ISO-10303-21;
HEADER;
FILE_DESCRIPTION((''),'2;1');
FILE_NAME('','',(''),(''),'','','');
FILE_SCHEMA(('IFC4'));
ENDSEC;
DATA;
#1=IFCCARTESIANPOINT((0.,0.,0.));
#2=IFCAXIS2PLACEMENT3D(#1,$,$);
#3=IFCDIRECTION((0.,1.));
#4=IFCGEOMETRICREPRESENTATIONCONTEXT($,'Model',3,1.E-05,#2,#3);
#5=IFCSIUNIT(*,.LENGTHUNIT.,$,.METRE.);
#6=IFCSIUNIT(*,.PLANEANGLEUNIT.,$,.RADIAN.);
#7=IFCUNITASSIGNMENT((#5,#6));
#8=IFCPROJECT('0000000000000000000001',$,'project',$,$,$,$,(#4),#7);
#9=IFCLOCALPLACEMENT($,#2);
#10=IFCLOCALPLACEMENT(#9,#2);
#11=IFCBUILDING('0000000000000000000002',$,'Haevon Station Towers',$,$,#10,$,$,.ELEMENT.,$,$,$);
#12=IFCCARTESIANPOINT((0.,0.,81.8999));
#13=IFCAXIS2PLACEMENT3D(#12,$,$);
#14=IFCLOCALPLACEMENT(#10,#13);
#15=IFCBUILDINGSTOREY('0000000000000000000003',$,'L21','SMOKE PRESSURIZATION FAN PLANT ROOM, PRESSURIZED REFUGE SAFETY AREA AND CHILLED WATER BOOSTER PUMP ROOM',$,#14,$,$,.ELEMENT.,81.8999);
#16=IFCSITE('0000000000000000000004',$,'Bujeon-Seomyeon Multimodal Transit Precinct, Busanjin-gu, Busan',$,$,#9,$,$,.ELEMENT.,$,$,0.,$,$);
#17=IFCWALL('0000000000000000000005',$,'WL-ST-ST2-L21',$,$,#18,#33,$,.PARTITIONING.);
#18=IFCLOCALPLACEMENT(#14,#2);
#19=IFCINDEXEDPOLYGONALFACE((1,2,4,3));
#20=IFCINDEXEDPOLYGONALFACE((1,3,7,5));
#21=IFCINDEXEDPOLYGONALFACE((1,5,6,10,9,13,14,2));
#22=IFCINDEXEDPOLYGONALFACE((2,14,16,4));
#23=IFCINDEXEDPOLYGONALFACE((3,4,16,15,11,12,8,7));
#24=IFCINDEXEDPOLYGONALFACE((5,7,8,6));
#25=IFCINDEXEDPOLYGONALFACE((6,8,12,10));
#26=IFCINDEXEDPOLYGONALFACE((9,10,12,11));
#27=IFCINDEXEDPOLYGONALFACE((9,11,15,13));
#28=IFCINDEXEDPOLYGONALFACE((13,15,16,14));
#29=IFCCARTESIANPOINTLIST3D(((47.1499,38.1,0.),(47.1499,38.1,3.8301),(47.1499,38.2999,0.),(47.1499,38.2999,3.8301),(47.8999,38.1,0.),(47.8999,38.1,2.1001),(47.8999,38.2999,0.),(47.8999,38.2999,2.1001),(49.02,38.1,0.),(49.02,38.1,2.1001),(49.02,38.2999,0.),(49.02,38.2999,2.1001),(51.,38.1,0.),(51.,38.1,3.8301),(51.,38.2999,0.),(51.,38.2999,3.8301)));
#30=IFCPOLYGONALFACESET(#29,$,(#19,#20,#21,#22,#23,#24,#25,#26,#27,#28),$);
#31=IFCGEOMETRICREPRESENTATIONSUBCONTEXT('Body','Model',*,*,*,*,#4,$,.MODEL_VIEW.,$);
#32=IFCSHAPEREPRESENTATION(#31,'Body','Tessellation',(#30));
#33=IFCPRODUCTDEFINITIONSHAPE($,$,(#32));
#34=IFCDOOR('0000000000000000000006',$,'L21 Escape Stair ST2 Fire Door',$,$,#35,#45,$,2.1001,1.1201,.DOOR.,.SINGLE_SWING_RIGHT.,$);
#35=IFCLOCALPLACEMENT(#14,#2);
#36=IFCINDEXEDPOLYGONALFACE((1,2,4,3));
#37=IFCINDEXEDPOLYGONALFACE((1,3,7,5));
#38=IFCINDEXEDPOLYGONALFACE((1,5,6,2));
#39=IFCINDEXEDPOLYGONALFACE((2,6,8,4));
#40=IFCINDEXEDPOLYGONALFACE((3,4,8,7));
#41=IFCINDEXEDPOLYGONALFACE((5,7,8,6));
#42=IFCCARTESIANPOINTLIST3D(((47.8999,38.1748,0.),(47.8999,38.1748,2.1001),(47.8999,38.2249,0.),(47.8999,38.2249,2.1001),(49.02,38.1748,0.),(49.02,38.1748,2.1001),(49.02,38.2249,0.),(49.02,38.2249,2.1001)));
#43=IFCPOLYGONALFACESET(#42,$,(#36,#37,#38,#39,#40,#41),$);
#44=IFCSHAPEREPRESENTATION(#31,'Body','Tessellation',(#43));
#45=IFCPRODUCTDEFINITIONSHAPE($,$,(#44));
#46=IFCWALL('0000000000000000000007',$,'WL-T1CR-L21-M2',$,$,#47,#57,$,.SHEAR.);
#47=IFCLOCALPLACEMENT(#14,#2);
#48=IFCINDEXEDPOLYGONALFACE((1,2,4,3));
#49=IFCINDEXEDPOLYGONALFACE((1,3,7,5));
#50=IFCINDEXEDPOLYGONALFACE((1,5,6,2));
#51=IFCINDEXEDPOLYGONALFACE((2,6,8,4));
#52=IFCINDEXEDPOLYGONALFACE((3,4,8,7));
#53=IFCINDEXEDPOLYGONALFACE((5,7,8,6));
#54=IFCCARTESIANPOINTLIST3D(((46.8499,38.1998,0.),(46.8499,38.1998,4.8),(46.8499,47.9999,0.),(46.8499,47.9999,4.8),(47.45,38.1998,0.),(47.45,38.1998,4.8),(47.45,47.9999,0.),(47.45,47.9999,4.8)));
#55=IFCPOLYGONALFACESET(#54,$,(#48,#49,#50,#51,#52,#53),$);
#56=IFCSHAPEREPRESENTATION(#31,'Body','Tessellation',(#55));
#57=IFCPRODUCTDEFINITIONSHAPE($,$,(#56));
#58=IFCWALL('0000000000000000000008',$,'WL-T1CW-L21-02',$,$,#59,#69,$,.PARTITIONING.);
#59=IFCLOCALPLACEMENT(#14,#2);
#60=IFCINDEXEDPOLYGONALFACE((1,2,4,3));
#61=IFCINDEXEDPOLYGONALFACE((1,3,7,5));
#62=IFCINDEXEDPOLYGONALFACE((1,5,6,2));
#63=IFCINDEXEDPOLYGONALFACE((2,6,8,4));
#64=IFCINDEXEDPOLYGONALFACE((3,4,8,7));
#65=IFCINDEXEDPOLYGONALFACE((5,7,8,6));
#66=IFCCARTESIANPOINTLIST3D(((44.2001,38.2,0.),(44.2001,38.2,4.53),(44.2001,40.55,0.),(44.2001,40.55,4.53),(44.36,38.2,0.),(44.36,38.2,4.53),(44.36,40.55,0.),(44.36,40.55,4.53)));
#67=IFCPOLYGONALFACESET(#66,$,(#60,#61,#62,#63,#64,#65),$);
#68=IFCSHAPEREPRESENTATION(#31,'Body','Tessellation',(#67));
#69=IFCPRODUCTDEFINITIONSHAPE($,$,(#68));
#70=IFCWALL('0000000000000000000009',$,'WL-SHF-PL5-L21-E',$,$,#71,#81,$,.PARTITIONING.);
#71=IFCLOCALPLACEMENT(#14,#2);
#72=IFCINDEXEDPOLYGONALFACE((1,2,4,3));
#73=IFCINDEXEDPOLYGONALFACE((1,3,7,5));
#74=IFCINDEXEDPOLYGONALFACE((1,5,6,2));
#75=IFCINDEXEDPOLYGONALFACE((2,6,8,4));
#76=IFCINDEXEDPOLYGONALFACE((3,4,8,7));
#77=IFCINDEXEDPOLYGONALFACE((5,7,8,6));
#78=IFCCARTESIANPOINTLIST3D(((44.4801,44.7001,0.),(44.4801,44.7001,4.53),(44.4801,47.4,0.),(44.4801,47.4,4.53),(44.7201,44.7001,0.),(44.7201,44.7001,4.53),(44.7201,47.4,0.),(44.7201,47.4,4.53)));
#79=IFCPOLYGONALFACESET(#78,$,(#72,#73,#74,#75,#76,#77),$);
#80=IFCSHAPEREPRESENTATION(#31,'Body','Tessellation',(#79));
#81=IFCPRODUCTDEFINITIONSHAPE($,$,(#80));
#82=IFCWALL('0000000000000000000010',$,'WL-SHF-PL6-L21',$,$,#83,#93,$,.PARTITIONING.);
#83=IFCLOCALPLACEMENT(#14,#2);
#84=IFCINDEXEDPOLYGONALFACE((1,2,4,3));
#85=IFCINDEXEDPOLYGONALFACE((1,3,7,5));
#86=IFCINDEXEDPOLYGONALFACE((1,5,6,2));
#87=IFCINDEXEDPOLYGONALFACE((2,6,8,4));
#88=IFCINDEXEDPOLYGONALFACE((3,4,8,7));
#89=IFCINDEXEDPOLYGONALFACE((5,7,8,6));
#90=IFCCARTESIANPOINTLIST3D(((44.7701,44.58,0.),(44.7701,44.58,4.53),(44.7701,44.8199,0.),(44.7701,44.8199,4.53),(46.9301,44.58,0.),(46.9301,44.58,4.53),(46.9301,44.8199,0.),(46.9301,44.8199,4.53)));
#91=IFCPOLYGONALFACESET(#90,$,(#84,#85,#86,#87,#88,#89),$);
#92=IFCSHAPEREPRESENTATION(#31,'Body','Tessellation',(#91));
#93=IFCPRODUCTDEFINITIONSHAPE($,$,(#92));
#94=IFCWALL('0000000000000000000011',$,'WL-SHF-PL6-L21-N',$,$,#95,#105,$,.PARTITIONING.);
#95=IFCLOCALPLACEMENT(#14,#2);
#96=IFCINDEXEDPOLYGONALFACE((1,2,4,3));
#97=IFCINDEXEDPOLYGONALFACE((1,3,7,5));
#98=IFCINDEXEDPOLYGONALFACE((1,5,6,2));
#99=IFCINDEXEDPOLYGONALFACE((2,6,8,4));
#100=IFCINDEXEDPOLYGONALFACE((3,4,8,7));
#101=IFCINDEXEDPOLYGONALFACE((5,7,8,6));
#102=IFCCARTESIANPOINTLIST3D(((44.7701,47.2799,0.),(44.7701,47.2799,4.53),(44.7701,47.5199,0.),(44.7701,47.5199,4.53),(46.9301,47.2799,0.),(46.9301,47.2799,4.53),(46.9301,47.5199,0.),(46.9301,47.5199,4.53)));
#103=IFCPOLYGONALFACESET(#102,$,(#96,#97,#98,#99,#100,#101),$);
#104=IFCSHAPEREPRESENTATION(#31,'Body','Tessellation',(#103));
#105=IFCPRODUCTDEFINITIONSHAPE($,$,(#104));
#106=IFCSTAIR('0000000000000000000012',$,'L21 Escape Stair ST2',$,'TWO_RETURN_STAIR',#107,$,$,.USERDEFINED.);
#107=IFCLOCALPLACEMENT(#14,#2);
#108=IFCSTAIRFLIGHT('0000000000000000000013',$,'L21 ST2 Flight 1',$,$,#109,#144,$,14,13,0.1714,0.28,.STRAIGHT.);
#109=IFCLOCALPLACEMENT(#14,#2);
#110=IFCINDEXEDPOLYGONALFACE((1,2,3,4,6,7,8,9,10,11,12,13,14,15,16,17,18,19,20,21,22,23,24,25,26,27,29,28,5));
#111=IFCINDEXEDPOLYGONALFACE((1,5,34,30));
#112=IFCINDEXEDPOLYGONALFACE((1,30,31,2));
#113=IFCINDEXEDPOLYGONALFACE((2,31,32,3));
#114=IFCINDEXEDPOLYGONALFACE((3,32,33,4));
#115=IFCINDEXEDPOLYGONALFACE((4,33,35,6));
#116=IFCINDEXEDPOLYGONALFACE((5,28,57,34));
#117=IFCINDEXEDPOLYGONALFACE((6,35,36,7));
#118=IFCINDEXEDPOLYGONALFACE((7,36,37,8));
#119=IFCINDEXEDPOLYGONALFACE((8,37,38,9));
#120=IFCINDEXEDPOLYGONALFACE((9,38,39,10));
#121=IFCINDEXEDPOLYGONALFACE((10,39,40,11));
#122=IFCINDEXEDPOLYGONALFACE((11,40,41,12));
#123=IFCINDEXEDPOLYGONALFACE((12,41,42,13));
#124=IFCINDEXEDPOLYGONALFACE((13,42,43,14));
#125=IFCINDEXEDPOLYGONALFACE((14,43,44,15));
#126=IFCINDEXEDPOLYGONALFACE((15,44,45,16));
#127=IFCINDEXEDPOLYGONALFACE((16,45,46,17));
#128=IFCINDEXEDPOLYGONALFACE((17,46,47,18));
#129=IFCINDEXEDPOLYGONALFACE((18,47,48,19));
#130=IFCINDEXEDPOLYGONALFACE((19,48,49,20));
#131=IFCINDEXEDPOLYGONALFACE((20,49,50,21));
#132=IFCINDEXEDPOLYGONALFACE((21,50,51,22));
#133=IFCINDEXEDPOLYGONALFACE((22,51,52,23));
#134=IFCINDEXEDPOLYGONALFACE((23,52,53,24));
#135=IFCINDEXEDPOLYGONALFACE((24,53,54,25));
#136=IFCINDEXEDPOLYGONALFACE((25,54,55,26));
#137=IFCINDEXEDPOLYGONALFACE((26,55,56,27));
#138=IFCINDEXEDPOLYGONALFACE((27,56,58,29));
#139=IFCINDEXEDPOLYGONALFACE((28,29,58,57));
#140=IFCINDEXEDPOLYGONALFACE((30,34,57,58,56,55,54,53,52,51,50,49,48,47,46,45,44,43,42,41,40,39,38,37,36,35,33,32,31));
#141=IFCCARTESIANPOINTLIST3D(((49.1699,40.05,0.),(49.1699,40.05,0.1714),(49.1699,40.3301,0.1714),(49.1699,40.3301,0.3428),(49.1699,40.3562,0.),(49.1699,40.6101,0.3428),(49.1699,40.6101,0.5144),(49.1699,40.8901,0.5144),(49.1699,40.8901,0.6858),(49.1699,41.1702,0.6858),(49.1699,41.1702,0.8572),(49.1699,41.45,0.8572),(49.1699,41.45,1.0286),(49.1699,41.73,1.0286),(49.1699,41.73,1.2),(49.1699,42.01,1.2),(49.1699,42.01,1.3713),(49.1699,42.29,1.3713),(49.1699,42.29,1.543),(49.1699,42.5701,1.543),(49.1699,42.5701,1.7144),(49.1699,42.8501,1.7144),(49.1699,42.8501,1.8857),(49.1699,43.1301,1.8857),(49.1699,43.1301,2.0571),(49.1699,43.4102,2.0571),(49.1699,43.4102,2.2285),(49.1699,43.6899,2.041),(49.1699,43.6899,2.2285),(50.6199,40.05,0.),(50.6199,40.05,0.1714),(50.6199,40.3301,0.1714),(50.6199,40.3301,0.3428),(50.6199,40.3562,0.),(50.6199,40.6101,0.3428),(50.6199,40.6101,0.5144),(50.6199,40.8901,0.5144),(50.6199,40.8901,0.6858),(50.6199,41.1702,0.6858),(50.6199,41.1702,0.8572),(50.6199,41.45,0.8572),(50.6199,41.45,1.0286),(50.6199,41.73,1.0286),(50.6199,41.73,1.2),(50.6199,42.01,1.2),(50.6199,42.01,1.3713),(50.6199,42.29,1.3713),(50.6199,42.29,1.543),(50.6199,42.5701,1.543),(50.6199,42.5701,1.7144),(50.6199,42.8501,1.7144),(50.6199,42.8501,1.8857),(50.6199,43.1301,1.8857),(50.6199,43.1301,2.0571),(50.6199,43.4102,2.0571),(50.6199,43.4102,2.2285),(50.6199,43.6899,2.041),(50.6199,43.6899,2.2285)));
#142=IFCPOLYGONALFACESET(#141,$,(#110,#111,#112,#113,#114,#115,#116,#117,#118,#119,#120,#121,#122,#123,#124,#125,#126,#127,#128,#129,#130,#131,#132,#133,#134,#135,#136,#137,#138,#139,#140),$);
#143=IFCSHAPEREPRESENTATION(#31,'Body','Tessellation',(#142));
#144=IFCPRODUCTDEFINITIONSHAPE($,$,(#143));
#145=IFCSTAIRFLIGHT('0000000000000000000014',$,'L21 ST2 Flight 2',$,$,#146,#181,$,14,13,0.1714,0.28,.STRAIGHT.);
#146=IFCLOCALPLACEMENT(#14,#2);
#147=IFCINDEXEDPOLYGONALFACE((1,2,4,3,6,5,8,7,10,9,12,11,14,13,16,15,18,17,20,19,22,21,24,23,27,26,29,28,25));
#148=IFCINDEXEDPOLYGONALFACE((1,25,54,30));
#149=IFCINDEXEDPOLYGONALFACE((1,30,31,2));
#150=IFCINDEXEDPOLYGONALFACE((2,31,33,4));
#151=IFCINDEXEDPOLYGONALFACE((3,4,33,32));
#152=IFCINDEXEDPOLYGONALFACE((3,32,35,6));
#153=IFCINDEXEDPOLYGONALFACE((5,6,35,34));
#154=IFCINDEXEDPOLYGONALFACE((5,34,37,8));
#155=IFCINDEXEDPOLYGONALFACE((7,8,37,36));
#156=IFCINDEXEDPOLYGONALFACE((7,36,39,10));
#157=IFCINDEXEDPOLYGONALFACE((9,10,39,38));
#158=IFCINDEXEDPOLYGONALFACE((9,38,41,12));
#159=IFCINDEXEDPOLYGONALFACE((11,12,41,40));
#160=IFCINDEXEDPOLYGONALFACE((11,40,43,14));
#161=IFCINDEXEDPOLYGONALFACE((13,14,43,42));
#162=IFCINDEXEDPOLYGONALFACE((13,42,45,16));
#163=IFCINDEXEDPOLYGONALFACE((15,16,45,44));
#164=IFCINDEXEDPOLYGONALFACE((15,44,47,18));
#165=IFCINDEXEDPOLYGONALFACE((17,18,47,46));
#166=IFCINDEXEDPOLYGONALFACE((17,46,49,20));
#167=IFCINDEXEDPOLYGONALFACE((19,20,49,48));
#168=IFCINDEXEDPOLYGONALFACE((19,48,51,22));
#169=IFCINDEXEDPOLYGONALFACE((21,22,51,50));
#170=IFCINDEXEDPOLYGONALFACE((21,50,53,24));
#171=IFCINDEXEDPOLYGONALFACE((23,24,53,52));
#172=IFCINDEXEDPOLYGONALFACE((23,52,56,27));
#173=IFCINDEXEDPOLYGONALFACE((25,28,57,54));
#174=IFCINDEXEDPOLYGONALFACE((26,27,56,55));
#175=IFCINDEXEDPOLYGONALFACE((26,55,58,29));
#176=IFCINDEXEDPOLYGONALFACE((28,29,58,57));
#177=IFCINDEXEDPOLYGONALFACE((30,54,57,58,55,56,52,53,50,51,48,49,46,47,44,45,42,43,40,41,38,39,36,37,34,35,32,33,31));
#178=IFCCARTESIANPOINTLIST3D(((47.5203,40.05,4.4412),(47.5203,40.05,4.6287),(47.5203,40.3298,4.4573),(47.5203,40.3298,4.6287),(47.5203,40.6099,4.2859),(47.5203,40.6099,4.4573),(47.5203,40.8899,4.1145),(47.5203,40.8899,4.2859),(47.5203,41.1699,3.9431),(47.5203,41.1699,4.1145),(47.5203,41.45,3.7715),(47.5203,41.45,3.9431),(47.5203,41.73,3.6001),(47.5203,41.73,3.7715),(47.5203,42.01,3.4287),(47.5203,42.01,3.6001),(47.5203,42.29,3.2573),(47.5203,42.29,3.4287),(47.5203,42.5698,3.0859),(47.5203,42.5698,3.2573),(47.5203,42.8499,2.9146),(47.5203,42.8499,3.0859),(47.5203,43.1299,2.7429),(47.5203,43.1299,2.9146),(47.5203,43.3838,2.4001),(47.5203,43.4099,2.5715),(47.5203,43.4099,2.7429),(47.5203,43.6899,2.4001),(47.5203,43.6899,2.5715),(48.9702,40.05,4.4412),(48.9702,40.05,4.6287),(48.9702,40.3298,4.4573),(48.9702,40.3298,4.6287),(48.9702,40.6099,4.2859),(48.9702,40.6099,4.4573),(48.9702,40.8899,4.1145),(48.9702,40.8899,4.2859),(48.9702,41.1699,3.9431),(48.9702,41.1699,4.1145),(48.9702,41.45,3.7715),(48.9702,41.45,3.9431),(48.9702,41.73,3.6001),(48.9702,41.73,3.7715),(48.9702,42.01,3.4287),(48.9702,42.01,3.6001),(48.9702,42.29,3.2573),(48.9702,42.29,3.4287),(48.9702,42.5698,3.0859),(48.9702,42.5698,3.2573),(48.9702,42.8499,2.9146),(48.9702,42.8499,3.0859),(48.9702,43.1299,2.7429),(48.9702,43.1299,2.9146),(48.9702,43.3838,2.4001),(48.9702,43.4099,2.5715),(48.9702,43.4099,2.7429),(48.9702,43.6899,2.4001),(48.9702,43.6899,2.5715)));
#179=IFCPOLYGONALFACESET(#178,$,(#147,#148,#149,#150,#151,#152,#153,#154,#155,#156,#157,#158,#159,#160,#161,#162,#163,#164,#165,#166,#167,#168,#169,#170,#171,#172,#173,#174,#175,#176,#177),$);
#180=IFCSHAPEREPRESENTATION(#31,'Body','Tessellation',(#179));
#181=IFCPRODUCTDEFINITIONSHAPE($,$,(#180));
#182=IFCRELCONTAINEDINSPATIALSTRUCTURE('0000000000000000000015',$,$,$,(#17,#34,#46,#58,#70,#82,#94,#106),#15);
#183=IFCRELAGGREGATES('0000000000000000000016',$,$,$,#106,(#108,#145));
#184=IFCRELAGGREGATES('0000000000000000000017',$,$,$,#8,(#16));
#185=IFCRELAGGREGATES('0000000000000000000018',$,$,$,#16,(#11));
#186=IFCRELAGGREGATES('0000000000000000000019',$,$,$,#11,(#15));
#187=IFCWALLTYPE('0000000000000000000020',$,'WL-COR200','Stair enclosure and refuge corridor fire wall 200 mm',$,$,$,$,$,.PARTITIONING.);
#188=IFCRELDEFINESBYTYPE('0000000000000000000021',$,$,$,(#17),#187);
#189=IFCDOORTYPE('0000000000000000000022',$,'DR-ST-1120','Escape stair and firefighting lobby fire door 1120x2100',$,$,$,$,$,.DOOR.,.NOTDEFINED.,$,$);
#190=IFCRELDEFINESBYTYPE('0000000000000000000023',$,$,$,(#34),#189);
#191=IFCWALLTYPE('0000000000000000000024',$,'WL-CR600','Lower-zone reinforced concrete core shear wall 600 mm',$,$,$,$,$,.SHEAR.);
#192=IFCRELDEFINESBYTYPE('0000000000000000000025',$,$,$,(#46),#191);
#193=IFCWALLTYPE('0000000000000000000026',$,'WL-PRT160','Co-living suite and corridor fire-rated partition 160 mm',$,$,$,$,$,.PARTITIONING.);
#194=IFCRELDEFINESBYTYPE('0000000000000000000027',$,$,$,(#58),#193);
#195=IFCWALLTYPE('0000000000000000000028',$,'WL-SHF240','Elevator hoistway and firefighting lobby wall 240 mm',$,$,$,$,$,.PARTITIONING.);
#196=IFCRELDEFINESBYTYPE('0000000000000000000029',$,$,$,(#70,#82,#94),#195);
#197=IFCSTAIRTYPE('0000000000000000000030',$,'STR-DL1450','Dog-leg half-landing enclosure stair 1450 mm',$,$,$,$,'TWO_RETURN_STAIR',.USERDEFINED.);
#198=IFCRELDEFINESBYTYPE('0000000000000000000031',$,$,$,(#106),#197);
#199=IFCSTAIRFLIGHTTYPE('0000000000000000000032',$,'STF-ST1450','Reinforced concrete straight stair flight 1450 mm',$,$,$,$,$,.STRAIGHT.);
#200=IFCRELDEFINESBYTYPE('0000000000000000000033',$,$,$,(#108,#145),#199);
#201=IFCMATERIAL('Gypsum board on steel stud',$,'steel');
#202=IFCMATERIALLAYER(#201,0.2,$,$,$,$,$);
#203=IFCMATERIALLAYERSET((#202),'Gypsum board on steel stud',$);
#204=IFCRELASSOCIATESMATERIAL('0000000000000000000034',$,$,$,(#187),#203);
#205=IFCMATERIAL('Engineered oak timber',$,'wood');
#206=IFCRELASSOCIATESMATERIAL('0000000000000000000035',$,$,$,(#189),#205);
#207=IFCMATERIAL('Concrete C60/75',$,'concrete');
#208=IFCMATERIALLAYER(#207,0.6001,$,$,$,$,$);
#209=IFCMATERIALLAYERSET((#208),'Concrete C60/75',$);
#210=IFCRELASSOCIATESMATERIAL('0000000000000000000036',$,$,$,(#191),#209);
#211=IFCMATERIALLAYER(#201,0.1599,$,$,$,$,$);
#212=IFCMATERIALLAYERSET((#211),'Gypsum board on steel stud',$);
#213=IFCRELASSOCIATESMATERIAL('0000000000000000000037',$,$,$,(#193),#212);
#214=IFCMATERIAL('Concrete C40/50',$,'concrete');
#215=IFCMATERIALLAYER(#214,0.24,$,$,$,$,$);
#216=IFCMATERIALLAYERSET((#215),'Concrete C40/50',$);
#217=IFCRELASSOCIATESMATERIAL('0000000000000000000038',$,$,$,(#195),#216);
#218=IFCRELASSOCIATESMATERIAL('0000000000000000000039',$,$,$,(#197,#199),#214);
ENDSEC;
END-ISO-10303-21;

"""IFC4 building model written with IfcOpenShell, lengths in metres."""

from ifc_helpers import new_model, si_unit, direction, frame, frame_2d, origin, place, context, subcontext, project, spatial, polyline, rectangle, outline, extrude, material, layer, layer_set, type_object, element, fill, aggregate, save


model = new_model("IFC4")

# Units and contexts
model_context = context("Model", 3, precision=1e-05, world=origin(), true_north=direction((0.0, 1.0)))
body_context = subcontext(model_context, "Body", "Model", "MODEL_VIEW")
ifc_project = project(units=[si_unit("LENGTHUNIT", "METRE"), si_unit("PLANEANGLEUNIT", "RADIAN")], contexts=[model_context])

# Site, building, storey
site_placement = place(None, origin())
site = spatial("IfcSite", under=ifc_project, at=site_placement, Name="Bujeon-Seomyeon Multimodal Transit Precinct, Busanjin-gu, Busan", CompositionType="ELEMENT", RefElevation=0.0)
building_placement = place(site_placement, origin())
building = spatial("IfcBuilding", under=site, at=building_placement, Name="Haevon Station Towers", CompositionType="ELEMENT")
storey_placement = place(building_placement, frame((0.0, 0.0, 81.8999)))
storey = spatial("IfcBuildingStorey", under=building, at=storey_placement, Name="L21", Description="SMOKE PRESSURIZATION FAN PLANT ROOM, PRESSURIZED REFUGE SAFETY AREA AND CHILLED WATER BOOSTER PUMP ROOM", CompositionType="ELEMENT", Elevation=81.8999)

# Wall, opening, door
ifc_material_1 = material(Name="Gypsum board on steel stud", Category="steel")
ifc_layer_1 = layer(ifc_material_1, 0.2)
ifc_layer_set_1 = layer_set([ifc_layer_1], Name="Gypsum board on steel stud")
wall_type_1 = type_object("IfcWallType", Name="WL-COR200", Description="Stair enclosure and refuge corridor fire wall 200 mm", PredefinedType="PARTITIONING", material=ifc_layer_set_1)
wall_1_placement = place(storey_placement, frame((47.1499, 38.2, 0.0), z_axis=(0.0, 0.0, 1.0), x_axis=(1.0, 0.0, 0.0)))
wall_1 = element("IfcWall", 1, at=wall_1_placement, inside=storey, type_object=wall_type_1, Name="WL-ST-ST2-L21", PredefinedType="PARTITIONING", context=body_context, shape_type="SweptSolid", body=[
    extrude(rectangle(XDim=3.8501, YDim=0.2, at=frame_2d((1.925, 0.0))), origin(), (0.0, 0.0, 1.0), 3.8301),
])
opening_placement = place(wall_1_placement, frame((0.75, 0.0, 0.0)))
opening = element("IfcOpeningElement", 2, at=opening_placement, cuts=wall_1, PredefinedType="OPENING", context=body_context, shape_type="SweptSolid", body=[
    extrude(rectangle(XDim=1.1201, YDim=2.1001, at=frame_2d((0.5601, 1.05))), frame((0.0, 0.1099, 0.0), z_axis=(0.0, -1.0, 0.0), x_axis=(1.0, 0.0, 0.0)), (0.0, 0.0, 1.0), 0.22),
])
ifc_material_2 = material(Name="Engineered oak timber", Category="wood")
door_type = type_object("IfcDoorType", Name="DR-ST-1120", Description="Escape stair and firefighting lobby fire door 1120x2100", OperationType="NOTDEFINED", PredefinedType="DOOR", material=ifc_material_2)
door_placement = place(opening_placement, origin())
door = element("IfcDoor", 3, at=door_placement, inside=storey, type_object=door_type, Name="L21 Escape Stair ST2 Fire Door", OperationType="SINGLE_SWING_RIGHT", OverallHeight=2.1001, OverallWidth=1.1201, PredefinedType="DOOR", context=body_context, shape_type="SweptSolid", body=[
    extrude(rectangle(XDim=1.1201, YDim=2.1001, at=frame_2d((0.5601, 1.05))), frame((0.0, 0.0249, 0.0), z_axis=(0.0, -1.0, 0.0), x_axis=(1.0, 0.0, 0.0)), (0.0, 0.0, 1.0), 0.05),
])
fill(opening, door)

# Walls
ifc_material_3 = material(Name="Concrete C60/75", Category="concrete")
ifc_layer_2 = layer(ifc_material_3, 0.6001)
ifc_layer_set_2 = layer_set([ifc_layer_2], Name="Concrete C60/75")
wall_type_2 = type_object("IfcWallType", Name="WL-CR600", Description="Lower-zone reinforced concrete core shear wall 600 mm", PredefinedType="SHEAR", material=ifc_layer_set_2)
wall_2_placement = place(storey_placement, frame((47.1499, 38.2, 0.0), z_axis=(0.0, 0.0, 1.0), x_axis=(0.0, 1.0, 0.0)))
element("IfcWall", 4, at=wall_2_placement, inside=storey, type_object=wall_type_2, Name="WL-T1CR-L21-M2", PredefinedType="SHEAR", context=body_context, shape_type="SweptSolid", body=[
    extrude(rectangle(XDim=9.8, YDim=0.6001, at=frame_2d((4.8999, 0.0))), origin(), (0.0, 0.0, 1.0), 4.8),
])
ifc_layer_3 = layer(ifc_material_1, 0.1599)
ifc_layer_set_3 = layer_set([ifc_layer_3], Name="Gypsum board on steel stud")
wall_type_3 = type_object("IfcWallType", Name="WL-PRT160", Description="Co-living suite and corridor fire-rated partition 160 mm", PredefinedType="PARTITIONING", material=ifc_layer_set_3)
wall_3_placement = place(storey_placement, frame((44.28, 38.2, 0.0), z_axis=(0.0, 0.0, 1.0), x_axis=(0.0, 1.0, 0.0)))
element("IfcWall", 5, at=wall_3_placement, inside=storey, type_object=wall_type_3, Name="WL-T1CW-L21-02", PredefinedType="PARTITIONING", context=body_context, shape_type="SweptSolid", body=[
    extrude(rectangle(XDim=2.3501, YDim=0.1599, at=frame_2d((1.175, 0.0))), origin(), (0.0, 0.0, 1.0), 4.53),
])
ifc_material_4 = material(Name="Concrete C40/50", Category="concrete")
ifc_layer_4 = layer(ifc_material_4, 0.24)
ifc_layer_set_4 = layer_set([ifc_layer_4], Name="Concrete C40/50")
wall_type_4 = type_object("IfcWallType", Name="WL-SHF240", Description="Elevator hoistway and firefighting lobby wall 240 mm", PredefinedType="PARTITIONING", material=ifc_layer_set_4)
wall_4_placement = place(storey_placement, frame((44.6001, 44.7, 0.0), z_axis=(0.0, 0.0, 1.0), x_axis=(0.0, 1.0, 0.0)))
element("IfcWall", 6, at=wall_4_placement, inside=storey, type_object=wall_type_4, Name="WL-SHF-PL5-L21-E", PredefinedType="PARTITIONING", context=body_context, shape_type="SweptSolid", body=[
    extrude(rectangle(XDim=2.7, YDim=0.24, at=frame_2d((1.3501, 0.0))), origin(), (0.0, 0.0, 1.0), 4.53),
])
for number, where, z_axis, x_axis, name in (
    (7, (44.77, 44.7, 0.0), (0.0, 0.0, 1.0), (1.0, 0.0, 0.0), "WL-SHF-PL6-L21"),
    (8, (44.77, 47.3999, 0.0), (0.0, 0.0, 1.0), (1.0, 0.0, 0.0), "WL-SHF-PL6-L21-N"),
):
    element("IfcWall", number, at=place(storey_placement, frame(where, z_axis=z_axis, x_axis=x_axis)), inside=storey, type_object=wall_type_4, Name=name, PredefinedType="PARTITIONING", context=body_context, shape_type="SweptSolid", body=[
        extrude(rectangle(XDim=2.1599, YDim=0.24, at=frame_2d((1.0801, 0.0))), origin(), (0.0, 0.0, 1.0), 4.53),
    ])

# Stair, stair flights
stair_type = type_object("IfcStairType", Name="STR-DL1450", Description="Dog-leg half-landing enclosure stair 1450 mm", ElementType="TWO_RETURN_STAIR", PredefinedType="USERDEFINED", material=ifc_material_4)
stair_placement = place(storey_placement, origin())
stair = element("IfcStair", 9, at=stair_placement, inside=storey, type_object=stair_type, Name="L21 Escape Stair ST2", ObjectType="TWO_RETURN_STAIR", PredefinedType="USERDEFINED")
stair_flight_type = type_object("IfcStairFlightType", Name="STF-ST1450", Description="Reinforced concrete straight stair flight 1450 mm", PredefinedType="STRAIGHT", material=ifc_material_4)
stair_flight_1_placement = place(storey_placement, frame((49.895, 40.05, 0.0), z_axis=(0.0, 0.0, 1.0), x_axis=(0.0, 1.0, 0.0)))
stair_flight_1 = element("IfcStairFlight", 10, at=stair_flight_1_placement, type_object=stair_flight_type, Name="L21 ST2 Flight 1", NumberOfRisers=14, NumberOfTreads=13, PredefinedType="STRAIGHT", RiserHeight=0.1714, TreadLength=0.28, context=body_context, shape_type="SweptSolid", body=[
    extrude(outline(polyline([(0.0, 0.0), (0.0, 0.1714), (0.28, 0.1714), (0.28, 0.3428), (0.5601, 0.3428), (0.5601, 0.5144), (0.8401, 0.5144), (0.8401, 0.6858), (1.1201, 0.6858), (1.1201, 0.8572), (1.3999, 0.8572), (1.3999, 1.0286), (1.6799, 1.0286), (1.6799, 1.2), (1.96, 1.2), (1.96, 1.3713), (2.24, 1.3713), (2.24, 1.543), (2.52, 1.543), (2.52, 1.7144), (2.8, 1.7144), (2.8, 1.8857), (3.0801, 1.8857), (3.0801, 2.0571), (3.3601, 2.0571), (3.3601, 2.2285), (3.6399, 2.2285), (3.6399, 2.3999), (3.6399, 2.041), (0.3062, 0.0), (0.0, 0.0)])), frame((0.0, 0.7251, 0.0), z_axis=(0.0, -1.0, 0.0), x_axis=(1.0, 0.0, 0.0)), (0.0, 0.0, 1.0), 1.45),
])
stair_flight_2_placement = place(storey_placement, frame((48.2451, 43.6899, 2.4001), z_axis=(0.0, 0.0, 1.0), x_axis=(0.0, -1.0, 0.0)))
stair_flight_2 = element("IfcStairFlight", 11, at=stair_flight_2_placement, type_object=stair_flight_type, Name="L21 ST2 Flight 2", NumberOfRisers=14, NumberOfTreads=13, PredefinedType="STRAIGHT", RiserHeight=0.1714, TreadLength=0.28, context=body_context, shape_type="SweptSolid", body=[
    extrude(outline(polyline([(0.0, 0.0), (0.0, 0.1714), (0.28, 0.1714), (0.28, 0.3428), (0.5601, 0.3428), (0.5601, 0.5144), (0.8401, 0.5144), (0.8401, 0.6858), (1.1201, 0.6858), (1.1201, 0.8572), (1.3999, 0.8572), (1.3999, 1.0286), (1.6799, 1.0286), (1.6799, 1.2), (1.96, 1.2), (1.96, 1.3713), (2.24, 1.3713), (2.24, 1.543), (2.52, 1.543), (2.52, 1.7144), (2.8, 1.7144), (2.8, 1.8857), (3.0801, 1.8857), (3.0801, 2.0571), (3.3601, 2.0571), (3.3601, 2.2285), (3.6399, 2.2285), (3.6399, 2.3999), (3.6399, 2.041), (0.3062, 0.0), (0.0, 0.0)])), frame((0.0, 0.7251, 0.0), z_axis=(0.0, -1.0, 0.0), x_axis=(1.0, 0.0, 0.0)), (0.0, 0.0, 1.0), 1.45),
])
aggregate(stair, [stair_flight_1, stair_flight_2])

save(model, "model.ifc")
